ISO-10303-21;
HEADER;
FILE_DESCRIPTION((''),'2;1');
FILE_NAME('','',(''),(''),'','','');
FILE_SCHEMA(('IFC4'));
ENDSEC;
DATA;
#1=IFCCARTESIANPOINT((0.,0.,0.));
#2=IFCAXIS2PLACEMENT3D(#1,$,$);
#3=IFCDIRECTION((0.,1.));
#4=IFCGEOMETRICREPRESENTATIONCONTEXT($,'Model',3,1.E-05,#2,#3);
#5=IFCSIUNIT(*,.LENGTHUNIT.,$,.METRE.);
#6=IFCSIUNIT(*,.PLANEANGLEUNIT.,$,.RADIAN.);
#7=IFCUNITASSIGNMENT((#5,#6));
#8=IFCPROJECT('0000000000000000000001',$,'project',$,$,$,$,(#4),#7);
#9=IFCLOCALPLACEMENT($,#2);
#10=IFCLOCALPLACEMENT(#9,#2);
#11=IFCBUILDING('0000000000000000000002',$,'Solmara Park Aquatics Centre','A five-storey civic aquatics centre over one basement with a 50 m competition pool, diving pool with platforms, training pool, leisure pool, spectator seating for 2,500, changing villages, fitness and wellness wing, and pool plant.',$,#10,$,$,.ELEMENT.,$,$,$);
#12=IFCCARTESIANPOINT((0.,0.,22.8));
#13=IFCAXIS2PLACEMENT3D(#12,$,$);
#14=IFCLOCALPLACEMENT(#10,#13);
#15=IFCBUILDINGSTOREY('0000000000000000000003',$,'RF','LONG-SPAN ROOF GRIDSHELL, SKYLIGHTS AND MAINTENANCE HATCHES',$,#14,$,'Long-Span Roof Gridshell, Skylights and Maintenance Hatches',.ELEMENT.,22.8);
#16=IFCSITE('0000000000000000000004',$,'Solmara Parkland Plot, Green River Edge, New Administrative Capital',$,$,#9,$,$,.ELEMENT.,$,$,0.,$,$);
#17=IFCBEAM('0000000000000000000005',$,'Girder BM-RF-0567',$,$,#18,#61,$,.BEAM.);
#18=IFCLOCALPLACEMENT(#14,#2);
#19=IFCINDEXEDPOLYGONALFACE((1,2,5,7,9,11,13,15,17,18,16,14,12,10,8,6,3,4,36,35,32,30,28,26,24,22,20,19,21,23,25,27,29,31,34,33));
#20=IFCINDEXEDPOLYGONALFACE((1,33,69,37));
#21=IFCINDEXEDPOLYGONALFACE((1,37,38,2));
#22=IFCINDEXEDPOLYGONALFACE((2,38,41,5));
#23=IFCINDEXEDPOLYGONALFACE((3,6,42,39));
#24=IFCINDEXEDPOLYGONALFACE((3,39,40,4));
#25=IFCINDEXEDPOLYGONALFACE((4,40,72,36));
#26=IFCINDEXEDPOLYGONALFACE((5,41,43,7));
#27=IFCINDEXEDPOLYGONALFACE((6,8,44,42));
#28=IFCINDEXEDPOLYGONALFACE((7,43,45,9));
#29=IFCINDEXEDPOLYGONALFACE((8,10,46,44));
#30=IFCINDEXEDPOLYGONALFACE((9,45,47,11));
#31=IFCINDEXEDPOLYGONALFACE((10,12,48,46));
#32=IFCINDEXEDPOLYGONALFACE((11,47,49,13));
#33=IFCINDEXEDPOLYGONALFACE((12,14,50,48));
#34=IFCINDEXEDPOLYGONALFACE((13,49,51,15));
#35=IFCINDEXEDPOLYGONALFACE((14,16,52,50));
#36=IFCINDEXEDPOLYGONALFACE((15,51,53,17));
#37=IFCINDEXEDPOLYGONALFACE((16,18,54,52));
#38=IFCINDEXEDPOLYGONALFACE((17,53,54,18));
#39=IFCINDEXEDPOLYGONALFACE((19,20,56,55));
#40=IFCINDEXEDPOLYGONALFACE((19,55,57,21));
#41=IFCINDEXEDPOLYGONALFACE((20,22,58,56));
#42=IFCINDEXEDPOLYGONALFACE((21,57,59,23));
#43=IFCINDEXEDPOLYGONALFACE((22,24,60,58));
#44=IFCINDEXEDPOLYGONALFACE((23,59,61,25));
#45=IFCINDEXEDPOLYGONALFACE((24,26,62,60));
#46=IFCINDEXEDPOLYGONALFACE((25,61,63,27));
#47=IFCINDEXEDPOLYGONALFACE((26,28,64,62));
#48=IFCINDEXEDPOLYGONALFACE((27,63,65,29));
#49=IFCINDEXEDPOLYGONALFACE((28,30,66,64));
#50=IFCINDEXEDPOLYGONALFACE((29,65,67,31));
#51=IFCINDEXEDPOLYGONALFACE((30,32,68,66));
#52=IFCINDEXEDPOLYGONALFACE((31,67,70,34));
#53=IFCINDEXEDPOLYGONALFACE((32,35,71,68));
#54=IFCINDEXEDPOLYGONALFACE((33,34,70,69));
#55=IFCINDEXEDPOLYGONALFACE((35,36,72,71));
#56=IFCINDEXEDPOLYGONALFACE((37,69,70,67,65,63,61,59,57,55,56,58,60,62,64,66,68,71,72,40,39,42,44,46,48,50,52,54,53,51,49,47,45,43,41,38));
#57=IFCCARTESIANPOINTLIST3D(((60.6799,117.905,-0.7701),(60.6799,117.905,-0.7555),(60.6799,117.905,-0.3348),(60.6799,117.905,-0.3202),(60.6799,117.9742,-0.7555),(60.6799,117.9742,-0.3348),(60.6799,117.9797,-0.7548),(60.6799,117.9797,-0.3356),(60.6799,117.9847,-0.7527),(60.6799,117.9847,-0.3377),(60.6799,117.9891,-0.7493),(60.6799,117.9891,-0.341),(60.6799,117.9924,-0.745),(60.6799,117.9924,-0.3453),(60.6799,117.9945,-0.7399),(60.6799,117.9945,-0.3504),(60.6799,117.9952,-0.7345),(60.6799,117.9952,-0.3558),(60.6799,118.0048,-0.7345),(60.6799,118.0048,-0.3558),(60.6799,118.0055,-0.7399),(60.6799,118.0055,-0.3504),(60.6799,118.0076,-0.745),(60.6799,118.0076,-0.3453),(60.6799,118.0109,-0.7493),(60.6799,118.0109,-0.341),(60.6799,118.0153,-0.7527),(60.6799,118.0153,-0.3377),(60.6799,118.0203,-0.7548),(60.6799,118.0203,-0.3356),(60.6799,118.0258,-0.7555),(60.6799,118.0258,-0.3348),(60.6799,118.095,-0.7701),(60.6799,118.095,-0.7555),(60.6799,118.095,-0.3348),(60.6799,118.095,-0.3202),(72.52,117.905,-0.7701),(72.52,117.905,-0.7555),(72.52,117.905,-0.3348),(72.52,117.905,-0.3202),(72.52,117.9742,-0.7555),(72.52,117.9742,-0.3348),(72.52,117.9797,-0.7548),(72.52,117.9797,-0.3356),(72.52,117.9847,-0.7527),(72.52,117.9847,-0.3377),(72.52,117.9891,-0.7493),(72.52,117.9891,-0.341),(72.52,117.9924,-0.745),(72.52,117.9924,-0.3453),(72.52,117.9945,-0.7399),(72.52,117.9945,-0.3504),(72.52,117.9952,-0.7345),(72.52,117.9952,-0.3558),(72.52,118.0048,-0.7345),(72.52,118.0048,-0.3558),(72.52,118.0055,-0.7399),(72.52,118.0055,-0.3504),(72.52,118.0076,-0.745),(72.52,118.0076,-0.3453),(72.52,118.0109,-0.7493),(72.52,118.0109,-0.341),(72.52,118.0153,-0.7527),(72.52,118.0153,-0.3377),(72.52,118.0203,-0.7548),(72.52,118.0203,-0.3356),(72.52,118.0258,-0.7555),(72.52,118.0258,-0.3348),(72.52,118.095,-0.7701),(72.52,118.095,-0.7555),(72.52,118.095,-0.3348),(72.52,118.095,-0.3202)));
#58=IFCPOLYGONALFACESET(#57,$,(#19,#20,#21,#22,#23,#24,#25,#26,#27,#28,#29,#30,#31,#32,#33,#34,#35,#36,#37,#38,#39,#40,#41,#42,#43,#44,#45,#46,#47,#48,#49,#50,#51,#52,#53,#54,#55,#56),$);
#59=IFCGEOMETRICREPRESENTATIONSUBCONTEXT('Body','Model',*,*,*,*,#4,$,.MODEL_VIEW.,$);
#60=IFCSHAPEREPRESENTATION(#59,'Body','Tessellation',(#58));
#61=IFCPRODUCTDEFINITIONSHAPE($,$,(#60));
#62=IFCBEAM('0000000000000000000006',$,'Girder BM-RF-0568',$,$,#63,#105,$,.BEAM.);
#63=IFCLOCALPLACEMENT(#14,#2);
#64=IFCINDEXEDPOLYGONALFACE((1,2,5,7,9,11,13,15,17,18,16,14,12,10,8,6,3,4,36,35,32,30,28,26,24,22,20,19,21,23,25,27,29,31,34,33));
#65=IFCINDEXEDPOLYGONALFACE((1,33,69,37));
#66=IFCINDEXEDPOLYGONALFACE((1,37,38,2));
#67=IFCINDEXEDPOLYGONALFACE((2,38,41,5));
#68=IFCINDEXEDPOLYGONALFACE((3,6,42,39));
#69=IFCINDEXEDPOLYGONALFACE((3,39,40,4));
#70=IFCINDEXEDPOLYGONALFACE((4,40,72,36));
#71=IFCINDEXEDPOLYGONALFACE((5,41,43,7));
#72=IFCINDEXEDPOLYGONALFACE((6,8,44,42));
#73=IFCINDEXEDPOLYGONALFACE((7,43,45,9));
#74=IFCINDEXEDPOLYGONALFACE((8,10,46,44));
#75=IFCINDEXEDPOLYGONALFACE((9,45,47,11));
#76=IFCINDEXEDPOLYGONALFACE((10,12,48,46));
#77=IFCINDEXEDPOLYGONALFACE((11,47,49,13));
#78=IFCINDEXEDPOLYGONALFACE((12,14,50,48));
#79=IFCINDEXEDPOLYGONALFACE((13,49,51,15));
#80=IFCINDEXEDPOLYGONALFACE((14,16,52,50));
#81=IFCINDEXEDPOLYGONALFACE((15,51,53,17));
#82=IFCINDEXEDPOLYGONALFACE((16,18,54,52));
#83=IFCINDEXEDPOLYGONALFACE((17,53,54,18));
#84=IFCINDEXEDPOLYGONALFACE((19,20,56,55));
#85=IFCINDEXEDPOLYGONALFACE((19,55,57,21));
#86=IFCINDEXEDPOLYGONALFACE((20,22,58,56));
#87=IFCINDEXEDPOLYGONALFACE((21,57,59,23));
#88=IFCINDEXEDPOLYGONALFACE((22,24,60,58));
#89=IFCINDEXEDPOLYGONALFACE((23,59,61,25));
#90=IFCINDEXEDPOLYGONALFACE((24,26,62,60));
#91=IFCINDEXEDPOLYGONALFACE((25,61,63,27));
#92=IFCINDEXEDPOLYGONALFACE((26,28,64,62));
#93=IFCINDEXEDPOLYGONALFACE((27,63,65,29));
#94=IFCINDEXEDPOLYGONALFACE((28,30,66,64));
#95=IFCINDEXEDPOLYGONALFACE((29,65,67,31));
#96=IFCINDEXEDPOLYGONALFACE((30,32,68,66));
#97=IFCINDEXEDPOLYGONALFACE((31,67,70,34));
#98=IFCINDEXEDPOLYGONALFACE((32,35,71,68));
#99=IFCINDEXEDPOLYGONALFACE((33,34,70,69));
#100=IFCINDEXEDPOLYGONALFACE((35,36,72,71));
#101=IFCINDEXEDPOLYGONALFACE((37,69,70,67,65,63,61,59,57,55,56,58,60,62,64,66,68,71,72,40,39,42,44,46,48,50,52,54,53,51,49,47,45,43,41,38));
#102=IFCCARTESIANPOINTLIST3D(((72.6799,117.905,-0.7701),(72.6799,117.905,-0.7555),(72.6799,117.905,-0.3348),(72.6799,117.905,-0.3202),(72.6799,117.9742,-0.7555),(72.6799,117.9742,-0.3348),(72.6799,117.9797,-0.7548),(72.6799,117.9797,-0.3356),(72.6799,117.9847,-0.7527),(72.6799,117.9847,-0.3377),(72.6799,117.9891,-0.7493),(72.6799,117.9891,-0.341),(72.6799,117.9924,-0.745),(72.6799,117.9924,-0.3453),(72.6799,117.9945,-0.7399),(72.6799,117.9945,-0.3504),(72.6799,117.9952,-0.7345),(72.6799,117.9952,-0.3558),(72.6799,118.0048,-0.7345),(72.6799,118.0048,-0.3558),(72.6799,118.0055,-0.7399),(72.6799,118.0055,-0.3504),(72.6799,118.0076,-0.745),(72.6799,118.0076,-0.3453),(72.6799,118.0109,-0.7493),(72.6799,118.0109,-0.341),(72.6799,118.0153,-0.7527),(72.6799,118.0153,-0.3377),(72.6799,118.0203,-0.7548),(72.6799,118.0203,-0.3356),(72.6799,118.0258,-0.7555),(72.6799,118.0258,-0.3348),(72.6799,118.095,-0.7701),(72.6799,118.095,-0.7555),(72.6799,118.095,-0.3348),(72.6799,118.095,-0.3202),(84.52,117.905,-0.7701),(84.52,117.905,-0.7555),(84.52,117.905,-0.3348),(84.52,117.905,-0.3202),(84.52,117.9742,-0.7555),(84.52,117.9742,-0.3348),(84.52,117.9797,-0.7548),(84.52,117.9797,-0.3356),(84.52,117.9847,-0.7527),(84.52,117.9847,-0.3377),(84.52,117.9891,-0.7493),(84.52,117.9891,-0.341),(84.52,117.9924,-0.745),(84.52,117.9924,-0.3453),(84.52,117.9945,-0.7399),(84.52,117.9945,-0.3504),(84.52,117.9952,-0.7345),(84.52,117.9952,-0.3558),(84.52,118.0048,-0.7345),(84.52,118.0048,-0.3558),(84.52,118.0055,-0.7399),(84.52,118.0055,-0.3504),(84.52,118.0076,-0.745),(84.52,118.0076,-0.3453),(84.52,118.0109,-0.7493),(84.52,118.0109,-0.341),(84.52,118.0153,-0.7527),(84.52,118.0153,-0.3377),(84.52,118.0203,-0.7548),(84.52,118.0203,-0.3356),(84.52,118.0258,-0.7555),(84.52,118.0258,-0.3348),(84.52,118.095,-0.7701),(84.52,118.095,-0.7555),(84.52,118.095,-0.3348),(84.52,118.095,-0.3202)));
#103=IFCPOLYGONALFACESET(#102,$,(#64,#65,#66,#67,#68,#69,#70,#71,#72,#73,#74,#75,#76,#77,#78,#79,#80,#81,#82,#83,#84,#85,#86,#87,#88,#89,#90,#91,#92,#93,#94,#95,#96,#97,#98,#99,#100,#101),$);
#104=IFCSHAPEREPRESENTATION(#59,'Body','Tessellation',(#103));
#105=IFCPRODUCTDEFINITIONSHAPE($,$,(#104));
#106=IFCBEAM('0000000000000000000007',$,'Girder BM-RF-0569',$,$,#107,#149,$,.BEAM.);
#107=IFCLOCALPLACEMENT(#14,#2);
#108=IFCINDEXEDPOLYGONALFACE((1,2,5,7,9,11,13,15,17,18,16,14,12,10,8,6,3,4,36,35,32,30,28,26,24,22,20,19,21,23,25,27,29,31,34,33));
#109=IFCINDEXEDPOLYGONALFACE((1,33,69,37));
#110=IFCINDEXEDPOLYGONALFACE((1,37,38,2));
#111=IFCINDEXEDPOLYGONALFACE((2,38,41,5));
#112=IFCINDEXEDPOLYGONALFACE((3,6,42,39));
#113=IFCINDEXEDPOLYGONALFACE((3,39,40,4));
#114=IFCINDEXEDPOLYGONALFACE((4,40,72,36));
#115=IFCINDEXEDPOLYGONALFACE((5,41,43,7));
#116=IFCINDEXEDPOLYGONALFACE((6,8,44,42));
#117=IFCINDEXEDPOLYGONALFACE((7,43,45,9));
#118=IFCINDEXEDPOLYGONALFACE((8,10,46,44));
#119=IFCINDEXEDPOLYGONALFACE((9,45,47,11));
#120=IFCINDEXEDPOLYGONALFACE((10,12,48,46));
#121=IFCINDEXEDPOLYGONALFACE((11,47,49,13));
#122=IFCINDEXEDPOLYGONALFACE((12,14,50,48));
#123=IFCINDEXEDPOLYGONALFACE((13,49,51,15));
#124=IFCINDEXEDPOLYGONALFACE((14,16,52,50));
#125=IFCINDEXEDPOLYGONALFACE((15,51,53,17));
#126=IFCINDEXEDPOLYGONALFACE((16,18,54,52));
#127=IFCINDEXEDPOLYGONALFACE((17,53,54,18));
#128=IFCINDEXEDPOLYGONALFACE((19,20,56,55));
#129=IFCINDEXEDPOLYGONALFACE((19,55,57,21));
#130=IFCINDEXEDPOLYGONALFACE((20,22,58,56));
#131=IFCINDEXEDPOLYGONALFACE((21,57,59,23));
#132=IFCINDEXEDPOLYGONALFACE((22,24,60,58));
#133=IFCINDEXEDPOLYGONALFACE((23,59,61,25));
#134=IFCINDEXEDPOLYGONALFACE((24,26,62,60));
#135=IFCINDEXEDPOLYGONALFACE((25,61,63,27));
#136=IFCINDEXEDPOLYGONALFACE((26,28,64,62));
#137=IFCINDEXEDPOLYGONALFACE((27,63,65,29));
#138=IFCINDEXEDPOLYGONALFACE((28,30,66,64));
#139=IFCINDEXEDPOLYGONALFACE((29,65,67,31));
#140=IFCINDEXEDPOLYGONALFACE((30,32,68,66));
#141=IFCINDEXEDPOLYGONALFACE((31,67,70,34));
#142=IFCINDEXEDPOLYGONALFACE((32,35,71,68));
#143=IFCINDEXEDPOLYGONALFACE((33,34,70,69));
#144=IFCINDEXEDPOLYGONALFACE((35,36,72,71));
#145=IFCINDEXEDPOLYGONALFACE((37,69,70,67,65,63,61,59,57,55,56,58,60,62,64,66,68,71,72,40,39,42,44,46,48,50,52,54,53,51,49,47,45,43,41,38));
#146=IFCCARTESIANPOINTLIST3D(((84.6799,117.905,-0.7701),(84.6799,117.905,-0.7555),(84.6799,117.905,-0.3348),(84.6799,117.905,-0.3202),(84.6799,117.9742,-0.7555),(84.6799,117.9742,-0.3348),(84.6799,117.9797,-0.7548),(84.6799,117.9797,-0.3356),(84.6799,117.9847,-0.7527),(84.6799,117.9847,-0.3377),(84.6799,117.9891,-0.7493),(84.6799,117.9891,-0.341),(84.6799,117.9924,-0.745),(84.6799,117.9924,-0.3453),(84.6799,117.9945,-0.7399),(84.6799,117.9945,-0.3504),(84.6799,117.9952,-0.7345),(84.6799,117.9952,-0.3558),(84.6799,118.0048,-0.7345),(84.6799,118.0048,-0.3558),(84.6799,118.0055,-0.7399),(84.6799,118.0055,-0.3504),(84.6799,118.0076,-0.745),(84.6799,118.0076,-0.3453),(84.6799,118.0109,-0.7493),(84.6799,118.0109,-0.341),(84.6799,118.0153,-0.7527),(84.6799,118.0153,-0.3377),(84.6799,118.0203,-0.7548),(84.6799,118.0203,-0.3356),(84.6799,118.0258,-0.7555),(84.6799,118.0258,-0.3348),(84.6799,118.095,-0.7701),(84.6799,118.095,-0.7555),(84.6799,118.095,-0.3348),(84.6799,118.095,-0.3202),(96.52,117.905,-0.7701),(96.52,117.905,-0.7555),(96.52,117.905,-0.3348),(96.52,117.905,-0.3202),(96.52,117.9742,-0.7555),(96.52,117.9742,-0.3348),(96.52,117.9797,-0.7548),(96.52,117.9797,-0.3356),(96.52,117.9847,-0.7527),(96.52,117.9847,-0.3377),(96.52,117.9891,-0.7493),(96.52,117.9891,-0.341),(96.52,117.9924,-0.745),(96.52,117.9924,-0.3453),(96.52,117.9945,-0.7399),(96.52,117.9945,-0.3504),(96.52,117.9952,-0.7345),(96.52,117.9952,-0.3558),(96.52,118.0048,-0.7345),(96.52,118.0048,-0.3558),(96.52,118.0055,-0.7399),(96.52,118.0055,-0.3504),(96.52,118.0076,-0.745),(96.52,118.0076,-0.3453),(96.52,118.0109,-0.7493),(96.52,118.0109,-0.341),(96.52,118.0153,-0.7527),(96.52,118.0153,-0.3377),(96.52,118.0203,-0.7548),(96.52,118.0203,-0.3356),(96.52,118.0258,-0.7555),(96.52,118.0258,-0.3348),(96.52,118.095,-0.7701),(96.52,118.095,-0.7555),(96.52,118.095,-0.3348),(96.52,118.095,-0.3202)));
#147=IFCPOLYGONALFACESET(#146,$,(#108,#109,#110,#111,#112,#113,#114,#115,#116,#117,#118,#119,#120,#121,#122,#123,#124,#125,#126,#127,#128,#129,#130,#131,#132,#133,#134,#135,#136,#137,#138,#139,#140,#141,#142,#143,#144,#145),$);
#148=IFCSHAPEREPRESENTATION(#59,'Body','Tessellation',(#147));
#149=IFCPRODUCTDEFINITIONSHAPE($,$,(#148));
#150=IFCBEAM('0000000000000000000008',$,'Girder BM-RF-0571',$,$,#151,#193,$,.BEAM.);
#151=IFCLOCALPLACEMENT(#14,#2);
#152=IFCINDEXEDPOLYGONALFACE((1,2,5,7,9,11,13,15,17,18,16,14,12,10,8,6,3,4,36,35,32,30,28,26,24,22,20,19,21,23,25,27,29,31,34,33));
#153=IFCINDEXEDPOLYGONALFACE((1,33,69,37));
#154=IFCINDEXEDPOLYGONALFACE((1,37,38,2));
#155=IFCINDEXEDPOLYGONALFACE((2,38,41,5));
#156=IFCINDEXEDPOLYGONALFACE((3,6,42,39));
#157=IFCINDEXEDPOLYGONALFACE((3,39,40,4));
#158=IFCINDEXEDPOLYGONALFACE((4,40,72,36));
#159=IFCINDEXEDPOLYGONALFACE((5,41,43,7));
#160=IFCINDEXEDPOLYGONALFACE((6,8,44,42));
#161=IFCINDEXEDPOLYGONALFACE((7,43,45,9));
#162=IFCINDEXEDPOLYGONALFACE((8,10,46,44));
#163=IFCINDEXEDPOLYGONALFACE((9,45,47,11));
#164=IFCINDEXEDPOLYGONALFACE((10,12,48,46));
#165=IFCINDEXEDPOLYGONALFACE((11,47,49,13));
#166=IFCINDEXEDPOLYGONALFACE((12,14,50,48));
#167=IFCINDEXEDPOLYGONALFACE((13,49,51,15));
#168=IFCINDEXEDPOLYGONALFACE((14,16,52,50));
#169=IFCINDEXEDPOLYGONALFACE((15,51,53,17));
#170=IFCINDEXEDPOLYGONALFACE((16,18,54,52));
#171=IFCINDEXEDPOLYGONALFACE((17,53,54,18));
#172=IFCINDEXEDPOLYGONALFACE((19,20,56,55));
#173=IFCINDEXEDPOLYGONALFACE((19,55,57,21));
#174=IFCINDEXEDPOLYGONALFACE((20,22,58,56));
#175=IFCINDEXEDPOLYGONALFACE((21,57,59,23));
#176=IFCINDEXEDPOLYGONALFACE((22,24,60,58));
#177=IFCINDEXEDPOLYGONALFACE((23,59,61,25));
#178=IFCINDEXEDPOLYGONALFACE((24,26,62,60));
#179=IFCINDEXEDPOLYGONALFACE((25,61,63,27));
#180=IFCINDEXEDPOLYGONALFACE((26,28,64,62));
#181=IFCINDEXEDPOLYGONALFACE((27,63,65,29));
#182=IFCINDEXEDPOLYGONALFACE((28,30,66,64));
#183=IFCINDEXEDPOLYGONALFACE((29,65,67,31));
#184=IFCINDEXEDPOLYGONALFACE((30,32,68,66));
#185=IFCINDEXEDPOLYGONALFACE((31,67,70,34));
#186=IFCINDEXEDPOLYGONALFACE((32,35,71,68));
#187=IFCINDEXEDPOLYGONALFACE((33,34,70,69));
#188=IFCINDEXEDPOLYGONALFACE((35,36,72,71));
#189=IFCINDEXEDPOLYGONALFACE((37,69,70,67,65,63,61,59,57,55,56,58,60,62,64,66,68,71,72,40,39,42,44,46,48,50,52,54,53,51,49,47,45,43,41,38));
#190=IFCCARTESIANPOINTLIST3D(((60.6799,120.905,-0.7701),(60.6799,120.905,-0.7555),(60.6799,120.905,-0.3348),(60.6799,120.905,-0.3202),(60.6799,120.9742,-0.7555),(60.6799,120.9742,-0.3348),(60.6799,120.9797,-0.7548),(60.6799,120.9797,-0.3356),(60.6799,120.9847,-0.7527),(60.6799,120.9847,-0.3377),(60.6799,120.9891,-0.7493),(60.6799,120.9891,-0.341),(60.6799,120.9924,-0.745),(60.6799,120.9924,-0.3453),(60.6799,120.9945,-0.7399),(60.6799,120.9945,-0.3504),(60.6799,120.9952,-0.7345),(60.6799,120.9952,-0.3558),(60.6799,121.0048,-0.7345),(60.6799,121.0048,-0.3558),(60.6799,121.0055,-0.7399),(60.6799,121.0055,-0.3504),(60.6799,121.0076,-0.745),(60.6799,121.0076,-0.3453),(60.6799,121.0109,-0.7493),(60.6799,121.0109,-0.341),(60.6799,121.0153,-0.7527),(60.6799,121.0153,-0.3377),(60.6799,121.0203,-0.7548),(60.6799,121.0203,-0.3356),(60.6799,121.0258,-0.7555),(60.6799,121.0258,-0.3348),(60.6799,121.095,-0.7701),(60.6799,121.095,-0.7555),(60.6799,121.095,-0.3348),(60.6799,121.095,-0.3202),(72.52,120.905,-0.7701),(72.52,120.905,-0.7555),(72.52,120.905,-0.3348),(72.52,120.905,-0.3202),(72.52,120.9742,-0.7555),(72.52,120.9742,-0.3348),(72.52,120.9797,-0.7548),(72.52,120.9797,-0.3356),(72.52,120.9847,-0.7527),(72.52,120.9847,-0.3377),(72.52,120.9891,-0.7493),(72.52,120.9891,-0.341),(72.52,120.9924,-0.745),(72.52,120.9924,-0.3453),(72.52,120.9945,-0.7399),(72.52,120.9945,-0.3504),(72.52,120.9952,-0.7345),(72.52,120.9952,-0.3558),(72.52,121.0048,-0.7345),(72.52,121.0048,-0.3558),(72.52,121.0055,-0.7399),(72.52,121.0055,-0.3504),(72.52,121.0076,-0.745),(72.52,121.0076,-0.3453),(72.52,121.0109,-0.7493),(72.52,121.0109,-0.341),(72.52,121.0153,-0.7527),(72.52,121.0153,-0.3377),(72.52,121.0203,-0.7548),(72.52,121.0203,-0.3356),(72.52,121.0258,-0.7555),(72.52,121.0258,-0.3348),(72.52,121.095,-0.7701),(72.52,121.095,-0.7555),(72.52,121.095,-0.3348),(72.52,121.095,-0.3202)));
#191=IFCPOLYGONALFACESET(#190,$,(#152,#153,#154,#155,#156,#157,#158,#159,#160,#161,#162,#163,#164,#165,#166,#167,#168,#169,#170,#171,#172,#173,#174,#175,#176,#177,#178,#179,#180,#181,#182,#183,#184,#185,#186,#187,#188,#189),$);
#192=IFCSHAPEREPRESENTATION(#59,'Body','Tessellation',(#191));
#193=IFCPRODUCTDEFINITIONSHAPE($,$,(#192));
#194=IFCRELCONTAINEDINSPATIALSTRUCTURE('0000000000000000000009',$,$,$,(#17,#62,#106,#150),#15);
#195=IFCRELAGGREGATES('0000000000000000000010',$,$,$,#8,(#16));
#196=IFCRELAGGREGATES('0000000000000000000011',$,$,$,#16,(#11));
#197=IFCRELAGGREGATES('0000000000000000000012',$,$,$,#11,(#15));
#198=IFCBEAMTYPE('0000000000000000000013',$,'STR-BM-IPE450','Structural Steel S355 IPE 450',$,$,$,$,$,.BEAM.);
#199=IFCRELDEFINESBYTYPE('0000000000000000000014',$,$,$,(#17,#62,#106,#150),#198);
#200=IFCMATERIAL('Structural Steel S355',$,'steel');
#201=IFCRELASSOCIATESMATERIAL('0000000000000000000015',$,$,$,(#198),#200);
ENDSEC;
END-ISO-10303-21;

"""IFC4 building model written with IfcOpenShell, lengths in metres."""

from ifc_helpers import new_model, si_unit, direction, frame, origin, origin_2d, place, context, subcontext, project, spatial, i_section, extrude, material, material_profile, profile_set, type_object, element, save


model = new_model("IFC4")

# Units and contexts
model_context = context("Model", 3, precision=1e-05, world=origin(), true_north=direction((0.0, 1.0)))
body_context = subcontext(model_context, "Body", "Model", "MODEL_VIEW")
ifc_project = project(units=[si_unit("LENGTHUNIT", "METRE"), si_unit("PLANEANGLEUNIT", "RADIAN")], contexts=[model_context])

# Site, building, storey
site_placement = place(None, origin())
site = spatial("IfcSite", under=ifc_project, at=site_placement, Name="Solmara Parkland Plot, Green River Edge, New Administrative Capital", CompositionType="ELEMENT", RefElevation=0.0)
building_placement = place(site_placement, origin())
building = spatial("IfcBuilding", under=site, at=building_placement, Name="Solmara Park Aquatics Centre", Description="A five-storey civic aquatics centre over one basement with a 50 m competition pool, diving pool with platforms, training pool, leisure pool, spectator seating for 2,500, changing villages, fitness and wellness wing, and pool plant.", CompositionType="ELEMENT")
storey_placement = place(building_placement, frame((0.0, 0.0, 22.8)))
storey = spatial("IfcBuildingStorey", under=building, at=storey_placement, Name="RF", Description="LONG-SPAN ROOF GRIDSHELL, SKYLIGHTS AND MAINTENANCE HATCHES", LongName="Long-Span Roof Gridshell, Skylights and Maintenance Hatches", CompositionType="ELEMENT", Elevation=22.8)

# Beams
ifc_material_1 = material(Name="Structural Steel S355", Category="steel")
ifc_material_profile_1 = material_profile(ifc_material_1, i_section(OverallWidth=0.1899, OverallDepth=0.45, WebThickness=0.0095, FlangeThickness=0.0146, FilletRadius=0.021, at=origin_2d()), Name="IPE 450")
ifc_profile_set_1 = profile_set([ifc_material_profile_1], Name="Structural Steel S355")
beam_type_1 = type_object("IfcBeamType", Name="STR-BM-IPE450", Description="Structural Steel S355 IPE 450", PredefinedType="BEAM", material=ifc_profile_set_1)
for number, where, z_axis, x_axis, name in (
    (1, (60.6799, 118.0, -0.5452), (1.0, 0.0, 0.0), (0.0, 1.0, 0.0), "Girder BM-RF-0567"),
    (2, (72.6799, 118.0, -0.5452), (1.0, 0.0, 0.0), (0.0, 1.0, 0.0), "Girder BM-RF-0568"),
    (3, (84.6799, 118.0, -0.5452), (1.0, 0.0, 0.0), (0.0, 1.0, 0.0), "Girder BM-RF-0569"),
    (4, (60.6799, 121.0, -0.5452), (1.0, 0.0, 0.0), (0.0, 1.0, 0.0), "Girder BM-RF-0571"),
):
    element("IfcBeam", number, at=place(storey_placement, frame(where, z_axis=z_axis, x_axis=x_axis)), inside=storey, type_object=beam_type_1, Name=name, PredefinedType="BEAM", context=body_context, shape_type="SweptSolid", body=[
        extrude(i_section(OverallWidth=0.1899, OverallDepth=0.45, WebThickness=0.0095, FlangeThickness=0.0146, FilletRadius=0.021, at=origin_2d()), origin(), (0.0, 0.0, 1.0), 11.8401),
    ])

save(model, "model.ifc")
